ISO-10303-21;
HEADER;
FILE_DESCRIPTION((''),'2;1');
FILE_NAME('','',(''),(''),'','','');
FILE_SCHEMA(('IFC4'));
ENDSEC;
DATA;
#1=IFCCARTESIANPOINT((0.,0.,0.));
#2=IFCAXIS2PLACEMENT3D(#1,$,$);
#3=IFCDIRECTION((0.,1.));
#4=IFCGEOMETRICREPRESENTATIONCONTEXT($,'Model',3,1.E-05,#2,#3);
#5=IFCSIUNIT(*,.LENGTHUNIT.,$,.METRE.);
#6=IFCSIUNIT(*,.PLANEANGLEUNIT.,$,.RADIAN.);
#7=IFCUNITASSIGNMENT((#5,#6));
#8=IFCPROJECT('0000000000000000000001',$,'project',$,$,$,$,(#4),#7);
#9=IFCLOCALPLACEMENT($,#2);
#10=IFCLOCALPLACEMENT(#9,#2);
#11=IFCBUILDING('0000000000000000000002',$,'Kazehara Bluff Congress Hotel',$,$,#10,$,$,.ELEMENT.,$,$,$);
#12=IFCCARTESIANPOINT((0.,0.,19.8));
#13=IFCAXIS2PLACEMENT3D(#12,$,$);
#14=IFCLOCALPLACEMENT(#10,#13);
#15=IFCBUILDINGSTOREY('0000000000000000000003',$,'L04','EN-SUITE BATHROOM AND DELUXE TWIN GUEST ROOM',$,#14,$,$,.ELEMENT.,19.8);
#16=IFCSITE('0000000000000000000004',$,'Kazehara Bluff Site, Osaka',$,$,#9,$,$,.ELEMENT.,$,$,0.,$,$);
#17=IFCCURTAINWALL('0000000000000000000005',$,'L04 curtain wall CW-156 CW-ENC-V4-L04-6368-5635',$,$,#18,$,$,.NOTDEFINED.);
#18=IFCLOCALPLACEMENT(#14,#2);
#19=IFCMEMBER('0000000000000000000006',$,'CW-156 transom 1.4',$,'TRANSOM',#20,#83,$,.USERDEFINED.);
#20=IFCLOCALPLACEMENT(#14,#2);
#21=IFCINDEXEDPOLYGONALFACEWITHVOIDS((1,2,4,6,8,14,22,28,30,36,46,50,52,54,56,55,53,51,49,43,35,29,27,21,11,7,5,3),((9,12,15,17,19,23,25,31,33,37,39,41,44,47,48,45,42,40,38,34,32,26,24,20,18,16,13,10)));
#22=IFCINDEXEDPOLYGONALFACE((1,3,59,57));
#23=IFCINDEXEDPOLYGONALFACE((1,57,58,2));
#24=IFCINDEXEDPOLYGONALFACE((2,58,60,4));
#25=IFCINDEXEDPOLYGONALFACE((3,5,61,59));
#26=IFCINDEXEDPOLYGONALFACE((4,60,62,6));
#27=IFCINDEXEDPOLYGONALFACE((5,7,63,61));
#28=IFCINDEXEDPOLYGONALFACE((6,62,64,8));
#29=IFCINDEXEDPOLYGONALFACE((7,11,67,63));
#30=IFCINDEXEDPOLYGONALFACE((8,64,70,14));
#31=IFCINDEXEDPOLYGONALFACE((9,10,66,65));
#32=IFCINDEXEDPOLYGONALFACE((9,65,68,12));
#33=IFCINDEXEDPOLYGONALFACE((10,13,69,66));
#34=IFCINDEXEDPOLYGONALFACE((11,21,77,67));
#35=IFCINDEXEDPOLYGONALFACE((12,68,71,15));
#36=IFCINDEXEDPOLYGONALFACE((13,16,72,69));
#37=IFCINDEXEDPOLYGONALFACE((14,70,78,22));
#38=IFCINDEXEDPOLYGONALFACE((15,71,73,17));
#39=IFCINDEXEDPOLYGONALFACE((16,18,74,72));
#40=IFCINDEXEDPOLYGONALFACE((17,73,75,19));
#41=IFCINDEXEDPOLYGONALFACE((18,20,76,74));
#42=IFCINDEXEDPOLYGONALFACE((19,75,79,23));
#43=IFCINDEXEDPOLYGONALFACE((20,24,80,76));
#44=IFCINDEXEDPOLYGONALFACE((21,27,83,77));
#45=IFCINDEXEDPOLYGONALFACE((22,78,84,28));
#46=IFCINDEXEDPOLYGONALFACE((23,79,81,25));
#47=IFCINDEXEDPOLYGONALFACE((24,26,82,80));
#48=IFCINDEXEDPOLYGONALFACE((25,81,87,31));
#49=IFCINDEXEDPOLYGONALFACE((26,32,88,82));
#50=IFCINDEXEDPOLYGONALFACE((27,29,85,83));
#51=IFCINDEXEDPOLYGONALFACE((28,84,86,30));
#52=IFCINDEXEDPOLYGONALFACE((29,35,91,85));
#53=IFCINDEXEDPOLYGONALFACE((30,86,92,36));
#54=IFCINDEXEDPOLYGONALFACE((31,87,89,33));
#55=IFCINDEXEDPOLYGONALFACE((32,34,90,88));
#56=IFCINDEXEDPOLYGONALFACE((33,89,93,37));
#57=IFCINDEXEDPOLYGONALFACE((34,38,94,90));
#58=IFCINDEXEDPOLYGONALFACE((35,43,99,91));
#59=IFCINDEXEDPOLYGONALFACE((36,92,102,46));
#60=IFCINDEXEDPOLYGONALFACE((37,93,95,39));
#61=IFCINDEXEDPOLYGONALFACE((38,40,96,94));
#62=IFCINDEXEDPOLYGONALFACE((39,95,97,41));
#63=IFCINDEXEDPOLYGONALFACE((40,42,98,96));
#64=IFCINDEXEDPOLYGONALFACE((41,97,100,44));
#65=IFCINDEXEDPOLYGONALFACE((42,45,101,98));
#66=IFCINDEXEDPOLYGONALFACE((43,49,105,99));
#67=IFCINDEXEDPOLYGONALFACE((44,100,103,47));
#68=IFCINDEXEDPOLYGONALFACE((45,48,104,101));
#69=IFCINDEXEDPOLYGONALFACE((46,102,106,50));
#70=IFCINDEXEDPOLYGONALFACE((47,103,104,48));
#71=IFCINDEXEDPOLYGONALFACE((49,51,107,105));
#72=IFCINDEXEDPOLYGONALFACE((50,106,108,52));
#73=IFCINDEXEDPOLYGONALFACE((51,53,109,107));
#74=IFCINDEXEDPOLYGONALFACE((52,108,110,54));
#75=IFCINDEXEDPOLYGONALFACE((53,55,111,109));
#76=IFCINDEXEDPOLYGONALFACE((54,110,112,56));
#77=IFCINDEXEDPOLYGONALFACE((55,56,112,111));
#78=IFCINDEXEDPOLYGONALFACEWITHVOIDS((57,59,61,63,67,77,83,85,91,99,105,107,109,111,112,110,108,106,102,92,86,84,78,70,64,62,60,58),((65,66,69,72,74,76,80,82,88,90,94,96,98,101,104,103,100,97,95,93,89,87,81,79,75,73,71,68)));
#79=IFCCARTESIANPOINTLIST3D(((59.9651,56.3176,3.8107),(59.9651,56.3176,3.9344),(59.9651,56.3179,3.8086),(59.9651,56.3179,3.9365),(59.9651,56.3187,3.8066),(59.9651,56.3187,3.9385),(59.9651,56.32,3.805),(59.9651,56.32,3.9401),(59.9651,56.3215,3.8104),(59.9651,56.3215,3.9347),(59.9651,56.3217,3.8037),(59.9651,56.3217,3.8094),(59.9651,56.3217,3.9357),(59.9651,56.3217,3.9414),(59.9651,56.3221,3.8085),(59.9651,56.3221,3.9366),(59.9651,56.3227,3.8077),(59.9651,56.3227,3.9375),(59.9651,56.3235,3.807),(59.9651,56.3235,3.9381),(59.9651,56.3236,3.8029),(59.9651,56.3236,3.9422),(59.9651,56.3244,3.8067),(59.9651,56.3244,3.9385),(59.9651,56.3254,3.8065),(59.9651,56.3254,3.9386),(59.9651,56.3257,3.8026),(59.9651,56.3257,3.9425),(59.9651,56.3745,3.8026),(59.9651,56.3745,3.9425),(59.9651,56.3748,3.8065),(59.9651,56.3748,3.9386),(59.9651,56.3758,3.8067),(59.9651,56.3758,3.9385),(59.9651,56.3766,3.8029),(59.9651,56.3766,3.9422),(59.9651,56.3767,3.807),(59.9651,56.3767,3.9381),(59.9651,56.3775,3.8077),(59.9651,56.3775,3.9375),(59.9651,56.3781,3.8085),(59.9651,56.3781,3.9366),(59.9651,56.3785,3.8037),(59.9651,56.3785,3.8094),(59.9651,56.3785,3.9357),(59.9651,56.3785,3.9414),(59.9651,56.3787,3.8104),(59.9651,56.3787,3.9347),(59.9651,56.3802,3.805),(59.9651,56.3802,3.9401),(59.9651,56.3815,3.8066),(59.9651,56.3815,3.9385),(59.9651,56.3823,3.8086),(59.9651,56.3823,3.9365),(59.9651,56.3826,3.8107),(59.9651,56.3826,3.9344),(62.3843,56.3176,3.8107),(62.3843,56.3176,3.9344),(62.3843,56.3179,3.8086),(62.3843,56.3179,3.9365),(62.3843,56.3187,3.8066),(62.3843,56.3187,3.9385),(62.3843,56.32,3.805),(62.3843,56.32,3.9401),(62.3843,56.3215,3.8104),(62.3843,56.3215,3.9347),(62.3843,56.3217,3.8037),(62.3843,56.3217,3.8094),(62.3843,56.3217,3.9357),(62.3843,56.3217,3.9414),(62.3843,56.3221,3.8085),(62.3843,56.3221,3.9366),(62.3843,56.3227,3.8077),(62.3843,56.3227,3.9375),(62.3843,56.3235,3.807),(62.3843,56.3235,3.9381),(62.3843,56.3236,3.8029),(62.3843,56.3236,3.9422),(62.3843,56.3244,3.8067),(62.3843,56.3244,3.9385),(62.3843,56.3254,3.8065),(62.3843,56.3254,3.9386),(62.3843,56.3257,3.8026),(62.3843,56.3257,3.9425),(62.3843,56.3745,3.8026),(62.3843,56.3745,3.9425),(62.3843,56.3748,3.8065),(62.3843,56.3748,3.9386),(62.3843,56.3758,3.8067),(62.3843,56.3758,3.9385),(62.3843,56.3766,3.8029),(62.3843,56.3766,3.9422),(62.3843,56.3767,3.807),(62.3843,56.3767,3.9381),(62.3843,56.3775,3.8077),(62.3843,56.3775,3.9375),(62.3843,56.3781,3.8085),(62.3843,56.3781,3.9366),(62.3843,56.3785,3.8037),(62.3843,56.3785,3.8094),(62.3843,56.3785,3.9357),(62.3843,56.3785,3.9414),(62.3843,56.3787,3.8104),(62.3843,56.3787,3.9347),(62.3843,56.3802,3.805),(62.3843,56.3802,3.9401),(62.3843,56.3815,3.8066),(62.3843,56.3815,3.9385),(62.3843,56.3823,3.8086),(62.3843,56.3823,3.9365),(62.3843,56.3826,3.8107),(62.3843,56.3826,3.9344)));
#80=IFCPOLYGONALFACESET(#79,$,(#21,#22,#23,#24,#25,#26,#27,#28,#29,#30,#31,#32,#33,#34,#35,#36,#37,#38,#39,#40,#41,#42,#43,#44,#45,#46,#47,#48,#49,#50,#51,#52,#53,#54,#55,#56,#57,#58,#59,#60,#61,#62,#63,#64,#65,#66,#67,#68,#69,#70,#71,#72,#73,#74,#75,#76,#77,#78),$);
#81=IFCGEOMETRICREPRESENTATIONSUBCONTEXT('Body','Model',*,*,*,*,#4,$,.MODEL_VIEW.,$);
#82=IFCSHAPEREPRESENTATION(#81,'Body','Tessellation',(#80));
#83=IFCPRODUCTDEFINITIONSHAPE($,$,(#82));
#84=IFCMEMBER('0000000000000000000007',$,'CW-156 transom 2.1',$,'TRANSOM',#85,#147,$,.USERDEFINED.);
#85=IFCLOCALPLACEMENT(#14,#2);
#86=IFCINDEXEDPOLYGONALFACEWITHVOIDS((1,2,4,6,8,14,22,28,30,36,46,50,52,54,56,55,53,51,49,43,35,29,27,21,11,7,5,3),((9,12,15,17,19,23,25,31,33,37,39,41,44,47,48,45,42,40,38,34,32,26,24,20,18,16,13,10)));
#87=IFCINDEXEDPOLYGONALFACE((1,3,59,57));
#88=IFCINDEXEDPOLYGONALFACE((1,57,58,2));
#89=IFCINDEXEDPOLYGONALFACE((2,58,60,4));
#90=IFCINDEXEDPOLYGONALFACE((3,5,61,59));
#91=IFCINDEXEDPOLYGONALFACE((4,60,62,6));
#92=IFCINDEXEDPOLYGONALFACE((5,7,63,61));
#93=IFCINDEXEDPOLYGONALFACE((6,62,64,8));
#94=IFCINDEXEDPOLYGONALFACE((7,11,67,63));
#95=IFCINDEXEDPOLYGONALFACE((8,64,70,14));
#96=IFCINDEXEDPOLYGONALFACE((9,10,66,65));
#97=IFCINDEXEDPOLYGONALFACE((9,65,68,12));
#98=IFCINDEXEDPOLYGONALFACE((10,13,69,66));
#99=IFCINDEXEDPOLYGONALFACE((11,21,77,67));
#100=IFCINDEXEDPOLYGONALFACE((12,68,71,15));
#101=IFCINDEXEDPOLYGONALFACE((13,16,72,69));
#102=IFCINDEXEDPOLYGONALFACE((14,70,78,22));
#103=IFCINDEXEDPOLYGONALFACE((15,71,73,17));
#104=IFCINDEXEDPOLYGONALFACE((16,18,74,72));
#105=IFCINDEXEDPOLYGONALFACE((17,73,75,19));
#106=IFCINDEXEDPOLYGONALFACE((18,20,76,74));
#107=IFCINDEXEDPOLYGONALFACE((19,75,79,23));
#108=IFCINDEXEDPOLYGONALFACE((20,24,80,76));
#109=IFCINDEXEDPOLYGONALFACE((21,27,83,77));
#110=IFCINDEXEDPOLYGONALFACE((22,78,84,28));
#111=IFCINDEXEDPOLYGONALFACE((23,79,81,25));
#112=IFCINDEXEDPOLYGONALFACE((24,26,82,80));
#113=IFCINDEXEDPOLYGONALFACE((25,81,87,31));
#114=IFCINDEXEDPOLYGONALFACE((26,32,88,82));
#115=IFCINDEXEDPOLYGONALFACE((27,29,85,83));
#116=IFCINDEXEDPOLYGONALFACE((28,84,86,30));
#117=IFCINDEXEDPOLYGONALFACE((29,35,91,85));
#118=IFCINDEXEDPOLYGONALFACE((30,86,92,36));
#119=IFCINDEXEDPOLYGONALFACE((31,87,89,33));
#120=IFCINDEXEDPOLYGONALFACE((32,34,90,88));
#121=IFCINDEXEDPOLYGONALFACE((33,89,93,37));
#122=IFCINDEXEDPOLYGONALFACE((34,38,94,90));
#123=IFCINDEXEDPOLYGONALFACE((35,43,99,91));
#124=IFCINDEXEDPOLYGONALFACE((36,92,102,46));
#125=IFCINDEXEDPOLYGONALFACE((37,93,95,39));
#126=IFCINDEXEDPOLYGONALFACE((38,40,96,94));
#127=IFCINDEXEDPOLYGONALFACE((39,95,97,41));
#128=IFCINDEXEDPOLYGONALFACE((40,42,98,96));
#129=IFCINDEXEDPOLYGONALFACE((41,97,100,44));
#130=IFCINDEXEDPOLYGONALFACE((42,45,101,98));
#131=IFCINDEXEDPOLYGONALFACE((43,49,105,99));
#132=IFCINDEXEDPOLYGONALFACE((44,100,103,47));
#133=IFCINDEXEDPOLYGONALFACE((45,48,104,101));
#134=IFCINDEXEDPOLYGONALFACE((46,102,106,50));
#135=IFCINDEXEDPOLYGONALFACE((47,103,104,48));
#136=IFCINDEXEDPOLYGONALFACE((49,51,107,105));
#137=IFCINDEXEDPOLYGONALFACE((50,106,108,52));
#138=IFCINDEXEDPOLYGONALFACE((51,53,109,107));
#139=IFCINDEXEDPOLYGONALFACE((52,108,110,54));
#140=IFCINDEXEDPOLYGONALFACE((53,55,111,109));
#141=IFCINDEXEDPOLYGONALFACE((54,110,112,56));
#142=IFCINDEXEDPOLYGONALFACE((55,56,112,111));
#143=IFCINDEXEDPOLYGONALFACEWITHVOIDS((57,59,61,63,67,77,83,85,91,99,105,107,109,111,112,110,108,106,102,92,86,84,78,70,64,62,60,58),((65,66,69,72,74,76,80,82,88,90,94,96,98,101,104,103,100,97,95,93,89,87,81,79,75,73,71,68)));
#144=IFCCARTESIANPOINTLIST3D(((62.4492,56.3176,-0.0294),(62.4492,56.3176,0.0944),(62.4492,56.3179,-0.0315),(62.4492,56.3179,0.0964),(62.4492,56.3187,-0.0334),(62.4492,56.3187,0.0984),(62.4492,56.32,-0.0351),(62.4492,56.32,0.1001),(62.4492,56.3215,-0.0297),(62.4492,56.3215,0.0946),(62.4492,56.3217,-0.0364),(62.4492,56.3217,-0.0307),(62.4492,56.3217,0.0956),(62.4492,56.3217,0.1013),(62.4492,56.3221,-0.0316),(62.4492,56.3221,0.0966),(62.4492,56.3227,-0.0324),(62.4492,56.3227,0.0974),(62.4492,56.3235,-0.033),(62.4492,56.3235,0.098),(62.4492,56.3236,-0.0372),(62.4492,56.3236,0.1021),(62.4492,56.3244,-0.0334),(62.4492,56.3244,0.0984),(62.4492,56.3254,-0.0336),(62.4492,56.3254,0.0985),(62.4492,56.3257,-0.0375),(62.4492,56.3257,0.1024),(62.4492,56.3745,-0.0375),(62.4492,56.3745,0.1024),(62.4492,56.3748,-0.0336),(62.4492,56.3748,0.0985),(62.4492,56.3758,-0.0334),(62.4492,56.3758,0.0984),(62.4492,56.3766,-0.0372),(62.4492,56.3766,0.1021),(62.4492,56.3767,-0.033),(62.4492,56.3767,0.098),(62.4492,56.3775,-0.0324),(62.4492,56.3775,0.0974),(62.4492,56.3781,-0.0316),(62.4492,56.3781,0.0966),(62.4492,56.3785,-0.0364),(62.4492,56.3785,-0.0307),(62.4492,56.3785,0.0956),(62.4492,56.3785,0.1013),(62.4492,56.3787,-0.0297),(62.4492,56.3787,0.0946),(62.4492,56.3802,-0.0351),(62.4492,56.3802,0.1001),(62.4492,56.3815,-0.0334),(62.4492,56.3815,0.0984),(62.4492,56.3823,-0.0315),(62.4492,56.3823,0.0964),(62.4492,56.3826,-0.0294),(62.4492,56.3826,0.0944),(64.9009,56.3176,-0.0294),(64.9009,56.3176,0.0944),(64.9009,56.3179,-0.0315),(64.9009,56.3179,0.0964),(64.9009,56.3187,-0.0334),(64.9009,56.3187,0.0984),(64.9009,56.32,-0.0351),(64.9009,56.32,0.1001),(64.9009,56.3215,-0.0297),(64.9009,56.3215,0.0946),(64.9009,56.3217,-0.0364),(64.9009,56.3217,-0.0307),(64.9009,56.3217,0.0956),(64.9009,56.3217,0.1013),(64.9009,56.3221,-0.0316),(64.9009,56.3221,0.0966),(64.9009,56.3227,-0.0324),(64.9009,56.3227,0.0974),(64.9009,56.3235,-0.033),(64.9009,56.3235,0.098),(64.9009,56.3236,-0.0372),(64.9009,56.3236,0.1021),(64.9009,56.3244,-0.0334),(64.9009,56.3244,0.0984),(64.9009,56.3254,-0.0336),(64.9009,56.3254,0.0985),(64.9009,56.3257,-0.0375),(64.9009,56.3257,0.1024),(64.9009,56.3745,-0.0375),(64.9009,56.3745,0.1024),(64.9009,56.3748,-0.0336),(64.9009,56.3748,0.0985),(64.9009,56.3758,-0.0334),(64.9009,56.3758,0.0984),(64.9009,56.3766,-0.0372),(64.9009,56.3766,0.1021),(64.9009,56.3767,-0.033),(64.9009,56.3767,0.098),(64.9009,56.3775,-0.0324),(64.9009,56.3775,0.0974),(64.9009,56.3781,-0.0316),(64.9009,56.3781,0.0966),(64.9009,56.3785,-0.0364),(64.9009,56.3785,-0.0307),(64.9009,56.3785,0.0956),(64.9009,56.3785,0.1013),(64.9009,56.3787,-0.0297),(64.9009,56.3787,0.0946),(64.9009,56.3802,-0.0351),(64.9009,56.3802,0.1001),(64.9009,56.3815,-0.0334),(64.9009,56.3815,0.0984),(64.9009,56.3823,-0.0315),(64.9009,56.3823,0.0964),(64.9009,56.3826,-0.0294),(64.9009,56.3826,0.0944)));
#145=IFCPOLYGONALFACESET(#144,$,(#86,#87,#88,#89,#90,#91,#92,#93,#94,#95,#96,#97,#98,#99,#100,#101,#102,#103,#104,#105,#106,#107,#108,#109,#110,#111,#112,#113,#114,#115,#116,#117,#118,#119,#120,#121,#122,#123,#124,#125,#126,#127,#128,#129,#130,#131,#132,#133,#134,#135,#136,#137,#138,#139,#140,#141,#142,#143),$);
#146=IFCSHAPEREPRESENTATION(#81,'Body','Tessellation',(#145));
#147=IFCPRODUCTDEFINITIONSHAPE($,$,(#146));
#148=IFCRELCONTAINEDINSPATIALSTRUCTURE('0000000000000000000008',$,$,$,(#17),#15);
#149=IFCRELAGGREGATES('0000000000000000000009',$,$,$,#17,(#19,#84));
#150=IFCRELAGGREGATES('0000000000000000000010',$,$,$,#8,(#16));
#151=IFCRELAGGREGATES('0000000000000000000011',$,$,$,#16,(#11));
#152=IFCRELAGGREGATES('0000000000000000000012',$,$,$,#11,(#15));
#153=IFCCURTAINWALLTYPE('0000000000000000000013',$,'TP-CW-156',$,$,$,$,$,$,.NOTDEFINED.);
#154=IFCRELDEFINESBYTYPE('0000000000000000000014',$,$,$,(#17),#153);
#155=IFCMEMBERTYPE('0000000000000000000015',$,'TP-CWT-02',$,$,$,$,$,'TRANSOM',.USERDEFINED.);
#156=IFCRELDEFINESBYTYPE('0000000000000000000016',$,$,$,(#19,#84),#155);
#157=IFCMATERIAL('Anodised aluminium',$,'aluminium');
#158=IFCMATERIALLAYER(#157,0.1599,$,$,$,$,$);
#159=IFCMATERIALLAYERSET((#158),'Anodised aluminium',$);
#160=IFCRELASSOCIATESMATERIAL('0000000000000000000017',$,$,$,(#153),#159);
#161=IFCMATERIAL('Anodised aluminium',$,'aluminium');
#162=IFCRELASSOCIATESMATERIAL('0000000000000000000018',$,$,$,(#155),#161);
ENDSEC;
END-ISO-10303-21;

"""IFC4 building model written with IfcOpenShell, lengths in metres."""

from ifc_helpers import new_model, si_unit, direction, frame, origin, origin_2d, place, context, subcontext, project, spatial, hollow_rectangle, extrude, material, layer, layer_set, material_profile, profile_set, type_object, element, aggregate, save


model = new_model("IFC4")

# Units and contexts
model_context = context("Model", 3, precision=1e-05, world=origin(), true_north=direction((0.0, 1.0)))
body_context = subcontext(model_context, "Body", "Model", "MODEL_VIEW")
ifc_project = project(units=[si_unit("LENGTHUNIT", "METRE"), si_unit("PLANEANGLEUNIT", "RADIAN")], contexts=[model_context])

# Site, building, storey
site_placement = place(None, origin())
site = spatial("IfcSite", under=ifc_project, at=site_placement, Name="Kazehara Bluff Site, Osaka", CompositionType="ELEMENT", RefElevation=0.0)
building_placement = place(site_placement, origin())
building = spatial("IfcBuilding", under=site, at=building_placement, Name="Kazehara Bluff Congress Hotel", CompositionType="ELEMENT")
storey_placement = place(building_placement, frame((0.0, 0.0, 19.8)))
storey = spatial("IfcBuildingStorey", under=building, at=storey_placement, Name="L04", Description="EN-SUITE BATHROOM AND DELUXE TWIN GUEST ROOM", CompositionType="ELEMENT", Elevation=19.8)

# Curtain wall, members
ifc_material_1 = material(Name="Anodised aluminium", Category="aluminium")
ifc_layer_1 = layer(ifc_material_1, 0.1599)
ifc_layer_set_1 = layer_set([ifc_layer_1], Name="Anodised aluminium")
curtain_wall_type = type_object("IfcCurtainWallType", Name="TP-CW-156", PredefinedType="NOTDEFINED", material=ifc_layer_set_1)
curtain_wall_placement = place(storey_placement, origin())
curtain_wall = element("IfcCurtainWall", 1, at=curtain_wall_placement, inside=storey, type_object=curtain_wall_type, Name="L04 curtain wall CW-156 CW-ENC-V4-L04-6368-5635", PredefinedType="NOTDEFINED")
ifc_material_2 = material(Name="Anodised aluminium", Category="aluminium")
ifc_material_profile_1 = material_profile(ifc_material_2, hollow_rectangle(XDim=0.0649, YDim=0.1399, WallThickness=0.0039, InnerFilletRadius=0.0039, OuterFilletRadius=0.0081, at=origin_2d()))
ifc_profile_set_1 = profile_set([ifc_material_profile_1], Name="Anodised aluminium")
member_type_1 = type_object("IfcMemberType", Name="TP-CWT-02", ElementType="TRANSOM", PredefinedType="USERDEFINED", material=ifc_profile_set_1)
member_1_placement = place(storey_placement, frame((59.9651, 56.3501, 3.8726), z_axis=(1.0, 0.0, 0.0), x_axis=(0.0, 1.0, 0.0)))
member_1 = element("IfcMember", 2, at=member_1_placement, type_object=member_type_1, Name="CW-156 transom 1.4", ObjectType="TRANSOM", PredefinedType="USERDEFINED", context=body_context, shape_type="SweptSolid", body=[
    extrude(hollow_rectangle(XDim=0.0649, YDim=0.1399, WallThickness=0.0039, InnerFilletRadius=0.0039, OuterFilletRadius=0.0081, at=origin_2d()), origin(), (0.0, 0.0, 1.0), 2.4192),
])
member_2_placement = place(storey_placement, frame((62.4492, 56.3501, 0.0325), z_axis=(1.0, 0.0, 0.0), x_axis=(0.0, 1.0, 0.0)))
member_2 = element("IfcMember", 3, at=member_2_placement, type_object=member_type_1, Name="CW-156 transom 2.1", ObjectType="TRANSOM", PredefinedType="USERDEFINED", context=body_context, shape_type="SweptSolid", body=[
    extrude(hollow_rectangle(XDim=0.0649, YDim=0.1399, WallThickness=0.0039, InnerFilletRadius=0.0039, OuterFilletRadius=0.0081, at=origin_2d()), origin(), (0.0, 0.0, 1.0), 2.4517),
])

aggregate(curtain_wall, [member_1, member_2])

save(model, "model.ifc")
